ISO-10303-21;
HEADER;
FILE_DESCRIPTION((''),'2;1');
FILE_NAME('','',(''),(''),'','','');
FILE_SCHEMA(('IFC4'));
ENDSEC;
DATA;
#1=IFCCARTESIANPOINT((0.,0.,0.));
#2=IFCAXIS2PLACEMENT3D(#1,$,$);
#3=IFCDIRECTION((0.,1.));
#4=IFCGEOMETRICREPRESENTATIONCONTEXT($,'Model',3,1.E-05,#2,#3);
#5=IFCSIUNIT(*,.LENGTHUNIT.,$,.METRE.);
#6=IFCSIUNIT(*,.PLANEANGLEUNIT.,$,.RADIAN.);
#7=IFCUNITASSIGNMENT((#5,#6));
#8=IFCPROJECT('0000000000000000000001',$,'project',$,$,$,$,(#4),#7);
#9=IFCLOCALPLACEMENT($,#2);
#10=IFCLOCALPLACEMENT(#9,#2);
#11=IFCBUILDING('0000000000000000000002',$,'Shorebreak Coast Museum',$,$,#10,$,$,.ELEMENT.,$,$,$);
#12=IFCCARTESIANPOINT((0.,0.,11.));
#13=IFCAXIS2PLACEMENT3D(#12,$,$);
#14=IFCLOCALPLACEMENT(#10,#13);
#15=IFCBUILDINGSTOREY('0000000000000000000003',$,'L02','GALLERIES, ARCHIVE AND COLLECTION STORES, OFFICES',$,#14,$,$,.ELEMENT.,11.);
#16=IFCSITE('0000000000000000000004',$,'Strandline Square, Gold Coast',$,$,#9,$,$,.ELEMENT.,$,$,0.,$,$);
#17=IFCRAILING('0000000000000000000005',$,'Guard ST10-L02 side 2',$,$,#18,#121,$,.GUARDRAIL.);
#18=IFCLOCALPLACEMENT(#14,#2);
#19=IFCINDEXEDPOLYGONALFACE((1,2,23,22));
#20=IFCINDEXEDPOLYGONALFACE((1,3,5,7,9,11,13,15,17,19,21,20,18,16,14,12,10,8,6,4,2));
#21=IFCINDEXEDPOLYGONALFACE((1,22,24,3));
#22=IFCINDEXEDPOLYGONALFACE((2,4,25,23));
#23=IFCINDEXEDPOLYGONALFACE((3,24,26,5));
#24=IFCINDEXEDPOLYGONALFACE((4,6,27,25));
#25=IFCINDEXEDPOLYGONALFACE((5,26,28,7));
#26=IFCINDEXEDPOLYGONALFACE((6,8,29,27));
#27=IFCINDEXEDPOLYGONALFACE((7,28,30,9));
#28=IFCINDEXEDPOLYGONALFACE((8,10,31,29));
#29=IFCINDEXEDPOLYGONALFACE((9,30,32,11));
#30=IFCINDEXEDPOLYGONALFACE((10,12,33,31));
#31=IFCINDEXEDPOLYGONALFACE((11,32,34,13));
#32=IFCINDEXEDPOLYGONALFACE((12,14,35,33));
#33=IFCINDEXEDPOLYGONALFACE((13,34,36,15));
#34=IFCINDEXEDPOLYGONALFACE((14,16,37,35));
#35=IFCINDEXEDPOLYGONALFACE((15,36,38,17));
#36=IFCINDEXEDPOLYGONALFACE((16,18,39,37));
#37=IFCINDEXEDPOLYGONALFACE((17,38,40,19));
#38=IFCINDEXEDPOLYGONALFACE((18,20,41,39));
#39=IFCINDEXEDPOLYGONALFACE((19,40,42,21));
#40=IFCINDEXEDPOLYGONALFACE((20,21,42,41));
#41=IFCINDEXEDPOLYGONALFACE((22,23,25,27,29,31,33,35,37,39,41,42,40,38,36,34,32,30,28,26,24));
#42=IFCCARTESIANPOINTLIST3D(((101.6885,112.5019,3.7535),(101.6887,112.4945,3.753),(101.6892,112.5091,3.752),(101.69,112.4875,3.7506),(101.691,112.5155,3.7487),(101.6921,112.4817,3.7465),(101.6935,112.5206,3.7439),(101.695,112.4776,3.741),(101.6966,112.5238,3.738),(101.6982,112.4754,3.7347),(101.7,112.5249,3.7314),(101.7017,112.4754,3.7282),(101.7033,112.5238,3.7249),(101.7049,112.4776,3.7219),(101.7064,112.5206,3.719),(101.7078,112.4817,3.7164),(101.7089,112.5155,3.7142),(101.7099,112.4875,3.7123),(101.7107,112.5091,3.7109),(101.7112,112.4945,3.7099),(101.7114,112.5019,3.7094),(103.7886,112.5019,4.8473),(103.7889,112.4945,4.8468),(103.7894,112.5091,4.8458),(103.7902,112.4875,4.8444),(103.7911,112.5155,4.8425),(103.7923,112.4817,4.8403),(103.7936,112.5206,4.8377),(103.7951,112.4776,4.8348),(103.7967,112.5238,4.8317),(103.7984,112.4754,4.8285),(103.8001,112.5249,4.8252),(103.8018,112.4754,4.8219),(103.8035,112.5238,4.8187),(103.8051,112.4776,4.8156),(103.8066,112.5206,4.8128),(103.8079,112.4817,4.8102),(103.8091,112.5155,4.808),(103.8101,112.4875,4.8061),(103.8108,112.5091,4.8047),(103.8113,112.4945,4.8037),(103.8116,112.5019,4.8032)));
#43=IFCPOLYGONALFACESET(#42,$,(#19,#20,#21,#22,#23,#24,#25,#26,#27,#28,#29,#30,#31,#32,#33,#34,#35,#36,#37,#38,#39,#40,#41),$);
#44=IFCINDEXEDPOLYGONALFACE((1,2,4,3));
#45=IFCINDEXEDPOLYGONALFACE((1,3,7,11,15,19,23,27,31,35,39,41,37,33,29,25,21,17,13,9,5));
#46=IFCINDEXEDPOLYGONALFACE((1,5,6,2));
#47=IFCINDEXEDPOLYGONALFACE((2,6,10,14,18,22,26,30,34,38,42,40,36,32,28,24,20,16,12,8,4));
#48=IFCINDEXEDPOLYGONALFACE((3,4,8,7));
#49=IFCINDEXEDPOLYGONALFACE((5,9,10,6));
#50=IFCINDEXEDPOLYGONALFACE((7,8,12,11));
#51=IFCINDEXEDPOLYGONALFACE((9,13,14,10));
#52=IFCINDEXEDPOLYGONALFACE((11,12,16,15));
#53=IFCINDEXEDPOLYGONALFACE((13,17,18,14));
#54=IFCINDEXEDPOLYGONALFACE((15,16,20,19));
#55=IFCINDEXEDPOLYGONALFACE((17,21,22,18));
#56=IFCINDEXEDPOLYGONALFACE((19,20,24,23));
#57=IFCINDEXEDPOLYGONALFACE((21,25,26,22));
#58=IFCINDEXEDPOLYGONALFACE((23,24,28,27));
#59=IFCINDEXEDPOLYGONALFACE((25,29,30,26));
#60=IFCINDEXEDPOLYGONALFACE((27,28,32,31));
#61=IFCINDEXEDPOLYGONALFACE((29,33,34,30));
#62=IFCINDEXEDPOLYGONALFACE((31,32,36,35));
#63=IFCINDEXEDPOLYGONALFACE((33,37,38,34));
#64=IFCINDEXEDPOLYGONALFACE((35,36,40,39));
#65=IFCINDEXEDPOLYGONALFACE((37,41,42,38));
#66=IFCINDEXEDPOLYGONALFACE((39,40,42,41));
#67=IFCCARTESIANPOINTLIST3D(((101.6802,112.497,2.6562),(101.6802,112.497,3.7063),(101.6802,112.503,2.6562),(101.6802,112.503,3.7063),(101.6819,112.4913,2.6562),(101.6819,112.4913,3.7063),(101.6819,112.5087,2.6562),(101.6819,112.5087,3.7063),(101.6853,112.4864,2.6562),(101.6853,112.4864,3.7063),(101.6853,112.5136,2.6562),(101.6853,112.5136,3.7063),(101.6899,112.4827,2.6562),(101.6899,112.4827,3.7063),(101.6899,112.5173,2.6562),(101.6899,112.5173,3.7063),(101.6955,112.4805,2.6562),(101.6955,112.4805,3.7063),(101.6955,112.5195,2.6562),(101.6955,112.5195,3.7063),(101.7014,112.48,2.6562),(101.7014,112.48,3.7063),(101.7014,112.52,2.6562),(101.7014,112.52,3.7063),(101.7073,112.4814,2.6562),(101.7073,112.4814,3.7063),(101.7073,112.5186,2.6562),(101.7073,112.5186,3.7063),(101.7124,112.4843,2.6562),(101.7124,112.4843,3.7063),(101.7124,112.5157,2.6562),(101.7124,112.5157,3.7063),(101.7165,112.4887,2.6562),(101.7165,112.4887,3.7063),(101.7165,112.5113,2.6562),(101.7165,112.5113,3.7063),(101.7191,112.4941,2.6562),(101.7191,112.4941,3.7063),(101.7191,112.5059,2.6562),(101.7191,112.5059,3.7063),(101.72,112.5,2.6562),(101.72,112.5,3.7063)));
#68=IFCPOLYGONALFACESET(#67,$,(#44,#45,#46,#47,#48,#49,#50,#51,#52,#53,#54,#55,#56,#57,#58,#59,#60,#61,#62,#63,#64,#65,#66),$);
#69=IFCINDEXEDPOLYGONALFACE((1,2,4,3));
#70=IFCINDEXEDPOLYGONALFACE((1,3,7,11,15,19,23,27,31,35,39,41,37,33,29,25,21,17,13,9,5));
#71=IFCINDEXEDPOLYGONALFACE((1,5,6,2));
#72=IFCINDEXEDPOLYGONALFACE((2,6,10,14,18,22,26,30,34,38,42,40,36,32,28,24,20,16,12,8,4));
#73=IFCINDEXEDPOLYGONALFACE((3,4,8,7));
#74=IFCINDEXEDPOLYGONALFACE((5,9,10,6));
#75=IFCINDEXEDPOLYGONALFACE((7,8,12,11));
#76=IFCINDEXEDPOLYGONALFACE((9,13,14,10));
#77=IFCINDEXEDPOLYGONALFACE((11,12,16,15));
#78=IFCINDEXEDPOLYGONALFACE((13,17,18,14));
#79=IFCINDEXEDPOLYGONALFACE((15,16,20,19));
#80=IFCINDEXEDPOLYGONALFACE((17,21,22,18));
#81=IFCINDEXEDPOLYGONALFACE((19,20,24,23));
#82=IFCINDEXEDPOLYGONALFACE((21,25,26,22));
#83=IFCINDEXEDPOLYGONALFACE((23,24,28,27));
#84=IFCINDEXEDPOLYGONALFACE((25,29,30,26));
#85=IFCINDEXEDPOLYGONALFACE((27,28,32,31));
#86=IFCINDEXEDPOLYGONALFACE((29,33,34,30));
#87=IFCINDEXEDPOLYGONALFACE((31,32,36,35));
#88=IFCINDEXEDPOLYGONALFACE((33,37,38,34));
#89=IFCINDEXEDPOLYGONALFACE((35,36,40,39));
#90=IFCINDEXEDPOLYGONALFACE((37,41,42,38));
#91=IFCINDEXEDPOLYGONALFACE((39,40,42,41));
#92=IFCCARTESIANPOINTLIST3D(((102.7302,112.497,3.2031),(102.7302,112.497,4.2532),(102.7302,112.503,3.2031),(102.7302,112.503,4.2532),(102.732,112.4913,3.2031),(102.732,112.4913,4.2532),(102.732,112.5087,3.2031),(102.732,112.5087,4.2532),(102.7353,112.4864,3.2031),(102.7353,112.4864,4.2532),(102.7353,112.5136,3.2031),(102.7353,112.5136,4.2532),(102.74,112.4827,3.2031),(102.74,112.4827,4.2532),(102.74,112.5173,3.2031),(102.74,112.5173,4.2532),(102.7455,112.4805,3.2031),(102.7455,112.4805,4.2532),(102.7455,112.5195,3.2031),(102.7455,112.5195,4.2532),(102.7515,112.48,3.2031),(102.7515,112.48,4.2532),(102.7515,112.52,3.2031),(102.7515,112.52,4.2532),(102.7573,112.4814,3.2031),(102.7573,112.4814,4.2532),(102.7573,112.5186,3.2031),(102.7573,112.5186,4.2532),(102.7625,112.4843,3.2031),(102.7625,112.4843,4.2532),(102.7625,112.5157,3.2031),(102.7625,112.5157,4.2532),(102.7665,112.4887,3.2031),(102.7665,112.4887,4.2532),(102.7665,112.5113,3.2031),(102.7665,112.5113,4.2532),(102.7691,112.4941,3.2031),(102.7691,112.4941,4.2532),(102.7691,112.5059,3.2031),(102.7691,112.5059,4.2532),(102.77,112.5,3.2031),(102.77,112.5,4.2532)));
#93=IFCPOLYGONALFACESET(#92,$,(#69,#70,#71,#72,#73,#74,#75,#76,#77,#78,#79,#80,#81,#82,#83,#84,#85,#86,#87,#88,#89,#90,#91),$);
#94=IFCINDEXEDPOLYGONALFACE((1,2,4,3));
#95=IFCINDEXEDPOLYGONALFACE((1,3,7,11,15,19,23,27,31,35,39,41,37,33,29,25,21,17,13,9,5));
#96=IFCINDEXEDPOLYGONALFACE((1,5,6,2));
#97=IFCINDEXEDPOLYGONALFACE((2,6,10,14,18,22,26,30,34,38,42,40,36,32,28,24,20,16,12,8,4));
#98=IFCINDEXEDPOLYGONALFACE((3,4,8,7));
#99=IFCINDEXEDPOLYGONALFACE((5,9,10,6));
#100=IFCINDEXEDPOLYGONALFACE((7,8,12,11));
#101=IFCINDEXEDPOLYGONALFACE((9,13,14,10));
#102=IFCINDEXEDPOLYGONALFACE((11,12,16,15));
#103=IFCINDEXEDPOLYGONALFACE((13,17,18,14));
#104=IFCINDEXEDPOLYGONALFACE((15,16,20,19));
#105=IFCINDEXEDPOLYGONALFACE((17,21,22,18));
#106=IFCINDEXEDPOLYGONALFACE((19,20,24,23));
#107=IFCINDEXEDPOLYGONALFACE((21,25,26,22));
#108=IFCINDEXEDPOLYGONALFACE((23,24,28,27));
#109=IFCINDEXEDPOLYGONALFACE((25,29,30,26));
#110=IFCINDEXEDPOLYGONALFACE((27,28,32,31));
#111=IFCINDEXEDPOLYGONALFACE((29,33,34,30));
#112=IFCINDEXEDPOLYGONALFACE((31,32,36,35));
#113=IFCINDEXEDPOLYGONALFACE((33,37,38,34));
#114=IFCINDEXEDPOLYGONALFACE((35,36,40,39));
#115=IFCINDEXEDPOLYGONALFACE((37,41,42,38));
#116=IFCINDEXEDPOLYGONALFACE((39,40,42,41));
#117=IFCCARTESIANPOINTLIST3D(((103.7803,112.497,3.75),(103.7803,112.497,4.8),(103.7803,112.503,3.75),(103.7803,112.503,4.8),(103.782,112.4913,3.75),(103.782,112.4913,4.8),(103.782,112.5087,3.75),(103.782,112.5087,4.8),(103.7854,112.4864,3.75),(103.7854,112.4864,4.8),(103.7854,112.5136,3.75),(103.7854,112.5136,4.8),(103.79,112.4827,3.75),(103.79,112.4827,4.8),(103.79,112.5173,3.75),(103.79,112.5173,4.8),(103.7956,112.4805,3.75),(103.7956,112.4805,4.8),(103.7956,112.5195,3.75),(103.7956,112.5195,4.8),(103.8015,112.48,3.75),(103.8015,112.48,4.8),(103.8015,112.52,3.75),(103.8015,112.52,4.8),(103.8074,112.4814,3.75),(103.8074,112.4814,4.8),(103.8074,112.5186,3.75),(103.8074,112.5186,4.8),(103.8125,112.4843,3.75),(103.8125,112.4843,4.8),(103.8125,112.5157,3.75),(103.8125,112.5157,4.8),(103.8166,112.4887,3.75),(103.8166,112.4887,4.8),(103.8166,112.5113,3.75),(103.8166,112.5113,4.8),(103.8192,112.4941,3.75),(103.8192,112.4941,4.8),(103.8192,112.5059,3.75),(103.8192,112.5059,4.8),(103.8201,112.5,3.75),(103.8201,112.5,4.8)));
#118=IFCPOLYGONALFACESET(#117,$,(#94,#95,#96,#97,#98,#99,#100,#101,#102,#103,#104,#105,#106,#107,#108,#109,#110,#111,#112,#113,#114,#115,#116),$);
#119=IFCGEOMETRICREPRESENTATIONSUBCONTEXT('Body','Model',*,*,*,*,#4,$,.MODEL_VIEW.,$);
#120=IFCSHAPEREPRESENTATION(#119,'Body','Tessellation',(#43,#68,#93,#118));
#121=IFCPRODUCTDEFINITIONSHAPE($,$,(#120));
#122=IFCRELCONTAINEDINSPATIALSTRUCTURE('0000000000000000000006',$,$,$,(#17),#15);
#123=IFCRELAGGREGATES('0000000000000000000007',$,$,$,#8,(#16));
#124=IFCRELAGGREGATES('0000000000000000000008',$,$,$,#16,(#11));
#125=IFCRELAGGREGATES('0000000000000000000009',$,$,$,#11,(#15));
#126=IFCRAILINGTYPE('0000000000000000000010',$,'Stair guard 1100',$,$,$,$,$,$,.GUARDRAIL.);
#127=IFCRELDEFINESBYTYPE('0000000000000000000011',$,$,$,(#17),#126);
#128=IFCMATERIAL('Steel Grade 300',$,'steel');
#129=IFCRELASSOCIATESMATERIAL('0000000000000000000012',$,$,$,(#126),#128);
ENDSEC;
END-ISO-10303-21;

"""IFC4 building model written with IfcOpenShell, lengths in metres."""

from ifc_helpers import new_model, si_unit, direction, frame, origin, origin_2d, place, context, subcontext, project, spatial, circle, extrude, material, type_object, element, save


model = new_model("IFC4")

# Units and contexts
model_context = context("Model", 3, precision=1e-05, world=origin(), true_north=direction((0.0, 1.0)))
body_context = subcontext(model_context, "Body", "Model", "MODEL_VIEW")
ifc_project = project(units=[si_unit("LENGTHUNIT", "METRE"), si_unit("PLANEANGLEUNIT", "RADIAN")], contexts=[model_context])

# Site, building, storey
site_placement = place(None, origin())
site = spatial("IfcSite", under=ifc_project, at=site_placement, Name="Strandline Square, Gold Coast", CompositionType="ELEMENT", RefElevation=0.0)
building_placement = place(site_placement, origin())
building = spatial("IfcBuilding", under=site, at=building_placement, Name="Shorebreak Coast Museum", CompositionType="ELEMENT")
storey_placement = place(building_placement, frame((0.0, 0.0, 11.0)))
storey = spatial("IfcBuildingStorey", under=building, at=storey_placement, Name="L02", Description="GALLERIES, ARCHIVE AND COLLECTION STORES, OFFICES", CompositionType="ELEMENT", Elevation=11.0)

# Railing
ifc_material_1 = material(Name="Steel Grade 300", Category="steel")
railing_type_1 = type_object("IfcRailingType", Name="Stair guard 1100", PredefinedType="GUARDRAIL", material=ifc_material_1)
railing_1_placement = place(storey_placement, frame((101.7, 112.5, 2.6562)))
element("IfcRailing", 1, at=railing_1_placement, inside=storey, type_object=railing_type_1, Name="Guard ST10-L02 side 2", PredefinedType="GUARDRAIL", context=body_context, shape_type="SweptSolid", body=[
    extrude(circle(Radius=0.0249, at=origin_2d()), frame((0.0, 0.0, 1.0752), z_axis=(0.886923, 0.0, 0.461918), x_axis=(0.0, 1.0, 0.0)), (0.0, 0.0, 1.0), 2.3679),
    extrude(circle(Radius=0.02, at=origin_2d()), origin(), (0.0, 0.0, 1.0), 1.05),
    extrude(circle(Radius=0.02, at=origin_2d()), frame((1.05, 0.0, 0.5469)), (0.0, 0.0, 1.0), 1.05),
    extrude(circle(Radius=0.02, at=origin_2d()), frame((2.1001, 0.0, 1.0938)), (0.0, 0.0, 1.0), 1.05),
])

save(model, "model.ifc")
